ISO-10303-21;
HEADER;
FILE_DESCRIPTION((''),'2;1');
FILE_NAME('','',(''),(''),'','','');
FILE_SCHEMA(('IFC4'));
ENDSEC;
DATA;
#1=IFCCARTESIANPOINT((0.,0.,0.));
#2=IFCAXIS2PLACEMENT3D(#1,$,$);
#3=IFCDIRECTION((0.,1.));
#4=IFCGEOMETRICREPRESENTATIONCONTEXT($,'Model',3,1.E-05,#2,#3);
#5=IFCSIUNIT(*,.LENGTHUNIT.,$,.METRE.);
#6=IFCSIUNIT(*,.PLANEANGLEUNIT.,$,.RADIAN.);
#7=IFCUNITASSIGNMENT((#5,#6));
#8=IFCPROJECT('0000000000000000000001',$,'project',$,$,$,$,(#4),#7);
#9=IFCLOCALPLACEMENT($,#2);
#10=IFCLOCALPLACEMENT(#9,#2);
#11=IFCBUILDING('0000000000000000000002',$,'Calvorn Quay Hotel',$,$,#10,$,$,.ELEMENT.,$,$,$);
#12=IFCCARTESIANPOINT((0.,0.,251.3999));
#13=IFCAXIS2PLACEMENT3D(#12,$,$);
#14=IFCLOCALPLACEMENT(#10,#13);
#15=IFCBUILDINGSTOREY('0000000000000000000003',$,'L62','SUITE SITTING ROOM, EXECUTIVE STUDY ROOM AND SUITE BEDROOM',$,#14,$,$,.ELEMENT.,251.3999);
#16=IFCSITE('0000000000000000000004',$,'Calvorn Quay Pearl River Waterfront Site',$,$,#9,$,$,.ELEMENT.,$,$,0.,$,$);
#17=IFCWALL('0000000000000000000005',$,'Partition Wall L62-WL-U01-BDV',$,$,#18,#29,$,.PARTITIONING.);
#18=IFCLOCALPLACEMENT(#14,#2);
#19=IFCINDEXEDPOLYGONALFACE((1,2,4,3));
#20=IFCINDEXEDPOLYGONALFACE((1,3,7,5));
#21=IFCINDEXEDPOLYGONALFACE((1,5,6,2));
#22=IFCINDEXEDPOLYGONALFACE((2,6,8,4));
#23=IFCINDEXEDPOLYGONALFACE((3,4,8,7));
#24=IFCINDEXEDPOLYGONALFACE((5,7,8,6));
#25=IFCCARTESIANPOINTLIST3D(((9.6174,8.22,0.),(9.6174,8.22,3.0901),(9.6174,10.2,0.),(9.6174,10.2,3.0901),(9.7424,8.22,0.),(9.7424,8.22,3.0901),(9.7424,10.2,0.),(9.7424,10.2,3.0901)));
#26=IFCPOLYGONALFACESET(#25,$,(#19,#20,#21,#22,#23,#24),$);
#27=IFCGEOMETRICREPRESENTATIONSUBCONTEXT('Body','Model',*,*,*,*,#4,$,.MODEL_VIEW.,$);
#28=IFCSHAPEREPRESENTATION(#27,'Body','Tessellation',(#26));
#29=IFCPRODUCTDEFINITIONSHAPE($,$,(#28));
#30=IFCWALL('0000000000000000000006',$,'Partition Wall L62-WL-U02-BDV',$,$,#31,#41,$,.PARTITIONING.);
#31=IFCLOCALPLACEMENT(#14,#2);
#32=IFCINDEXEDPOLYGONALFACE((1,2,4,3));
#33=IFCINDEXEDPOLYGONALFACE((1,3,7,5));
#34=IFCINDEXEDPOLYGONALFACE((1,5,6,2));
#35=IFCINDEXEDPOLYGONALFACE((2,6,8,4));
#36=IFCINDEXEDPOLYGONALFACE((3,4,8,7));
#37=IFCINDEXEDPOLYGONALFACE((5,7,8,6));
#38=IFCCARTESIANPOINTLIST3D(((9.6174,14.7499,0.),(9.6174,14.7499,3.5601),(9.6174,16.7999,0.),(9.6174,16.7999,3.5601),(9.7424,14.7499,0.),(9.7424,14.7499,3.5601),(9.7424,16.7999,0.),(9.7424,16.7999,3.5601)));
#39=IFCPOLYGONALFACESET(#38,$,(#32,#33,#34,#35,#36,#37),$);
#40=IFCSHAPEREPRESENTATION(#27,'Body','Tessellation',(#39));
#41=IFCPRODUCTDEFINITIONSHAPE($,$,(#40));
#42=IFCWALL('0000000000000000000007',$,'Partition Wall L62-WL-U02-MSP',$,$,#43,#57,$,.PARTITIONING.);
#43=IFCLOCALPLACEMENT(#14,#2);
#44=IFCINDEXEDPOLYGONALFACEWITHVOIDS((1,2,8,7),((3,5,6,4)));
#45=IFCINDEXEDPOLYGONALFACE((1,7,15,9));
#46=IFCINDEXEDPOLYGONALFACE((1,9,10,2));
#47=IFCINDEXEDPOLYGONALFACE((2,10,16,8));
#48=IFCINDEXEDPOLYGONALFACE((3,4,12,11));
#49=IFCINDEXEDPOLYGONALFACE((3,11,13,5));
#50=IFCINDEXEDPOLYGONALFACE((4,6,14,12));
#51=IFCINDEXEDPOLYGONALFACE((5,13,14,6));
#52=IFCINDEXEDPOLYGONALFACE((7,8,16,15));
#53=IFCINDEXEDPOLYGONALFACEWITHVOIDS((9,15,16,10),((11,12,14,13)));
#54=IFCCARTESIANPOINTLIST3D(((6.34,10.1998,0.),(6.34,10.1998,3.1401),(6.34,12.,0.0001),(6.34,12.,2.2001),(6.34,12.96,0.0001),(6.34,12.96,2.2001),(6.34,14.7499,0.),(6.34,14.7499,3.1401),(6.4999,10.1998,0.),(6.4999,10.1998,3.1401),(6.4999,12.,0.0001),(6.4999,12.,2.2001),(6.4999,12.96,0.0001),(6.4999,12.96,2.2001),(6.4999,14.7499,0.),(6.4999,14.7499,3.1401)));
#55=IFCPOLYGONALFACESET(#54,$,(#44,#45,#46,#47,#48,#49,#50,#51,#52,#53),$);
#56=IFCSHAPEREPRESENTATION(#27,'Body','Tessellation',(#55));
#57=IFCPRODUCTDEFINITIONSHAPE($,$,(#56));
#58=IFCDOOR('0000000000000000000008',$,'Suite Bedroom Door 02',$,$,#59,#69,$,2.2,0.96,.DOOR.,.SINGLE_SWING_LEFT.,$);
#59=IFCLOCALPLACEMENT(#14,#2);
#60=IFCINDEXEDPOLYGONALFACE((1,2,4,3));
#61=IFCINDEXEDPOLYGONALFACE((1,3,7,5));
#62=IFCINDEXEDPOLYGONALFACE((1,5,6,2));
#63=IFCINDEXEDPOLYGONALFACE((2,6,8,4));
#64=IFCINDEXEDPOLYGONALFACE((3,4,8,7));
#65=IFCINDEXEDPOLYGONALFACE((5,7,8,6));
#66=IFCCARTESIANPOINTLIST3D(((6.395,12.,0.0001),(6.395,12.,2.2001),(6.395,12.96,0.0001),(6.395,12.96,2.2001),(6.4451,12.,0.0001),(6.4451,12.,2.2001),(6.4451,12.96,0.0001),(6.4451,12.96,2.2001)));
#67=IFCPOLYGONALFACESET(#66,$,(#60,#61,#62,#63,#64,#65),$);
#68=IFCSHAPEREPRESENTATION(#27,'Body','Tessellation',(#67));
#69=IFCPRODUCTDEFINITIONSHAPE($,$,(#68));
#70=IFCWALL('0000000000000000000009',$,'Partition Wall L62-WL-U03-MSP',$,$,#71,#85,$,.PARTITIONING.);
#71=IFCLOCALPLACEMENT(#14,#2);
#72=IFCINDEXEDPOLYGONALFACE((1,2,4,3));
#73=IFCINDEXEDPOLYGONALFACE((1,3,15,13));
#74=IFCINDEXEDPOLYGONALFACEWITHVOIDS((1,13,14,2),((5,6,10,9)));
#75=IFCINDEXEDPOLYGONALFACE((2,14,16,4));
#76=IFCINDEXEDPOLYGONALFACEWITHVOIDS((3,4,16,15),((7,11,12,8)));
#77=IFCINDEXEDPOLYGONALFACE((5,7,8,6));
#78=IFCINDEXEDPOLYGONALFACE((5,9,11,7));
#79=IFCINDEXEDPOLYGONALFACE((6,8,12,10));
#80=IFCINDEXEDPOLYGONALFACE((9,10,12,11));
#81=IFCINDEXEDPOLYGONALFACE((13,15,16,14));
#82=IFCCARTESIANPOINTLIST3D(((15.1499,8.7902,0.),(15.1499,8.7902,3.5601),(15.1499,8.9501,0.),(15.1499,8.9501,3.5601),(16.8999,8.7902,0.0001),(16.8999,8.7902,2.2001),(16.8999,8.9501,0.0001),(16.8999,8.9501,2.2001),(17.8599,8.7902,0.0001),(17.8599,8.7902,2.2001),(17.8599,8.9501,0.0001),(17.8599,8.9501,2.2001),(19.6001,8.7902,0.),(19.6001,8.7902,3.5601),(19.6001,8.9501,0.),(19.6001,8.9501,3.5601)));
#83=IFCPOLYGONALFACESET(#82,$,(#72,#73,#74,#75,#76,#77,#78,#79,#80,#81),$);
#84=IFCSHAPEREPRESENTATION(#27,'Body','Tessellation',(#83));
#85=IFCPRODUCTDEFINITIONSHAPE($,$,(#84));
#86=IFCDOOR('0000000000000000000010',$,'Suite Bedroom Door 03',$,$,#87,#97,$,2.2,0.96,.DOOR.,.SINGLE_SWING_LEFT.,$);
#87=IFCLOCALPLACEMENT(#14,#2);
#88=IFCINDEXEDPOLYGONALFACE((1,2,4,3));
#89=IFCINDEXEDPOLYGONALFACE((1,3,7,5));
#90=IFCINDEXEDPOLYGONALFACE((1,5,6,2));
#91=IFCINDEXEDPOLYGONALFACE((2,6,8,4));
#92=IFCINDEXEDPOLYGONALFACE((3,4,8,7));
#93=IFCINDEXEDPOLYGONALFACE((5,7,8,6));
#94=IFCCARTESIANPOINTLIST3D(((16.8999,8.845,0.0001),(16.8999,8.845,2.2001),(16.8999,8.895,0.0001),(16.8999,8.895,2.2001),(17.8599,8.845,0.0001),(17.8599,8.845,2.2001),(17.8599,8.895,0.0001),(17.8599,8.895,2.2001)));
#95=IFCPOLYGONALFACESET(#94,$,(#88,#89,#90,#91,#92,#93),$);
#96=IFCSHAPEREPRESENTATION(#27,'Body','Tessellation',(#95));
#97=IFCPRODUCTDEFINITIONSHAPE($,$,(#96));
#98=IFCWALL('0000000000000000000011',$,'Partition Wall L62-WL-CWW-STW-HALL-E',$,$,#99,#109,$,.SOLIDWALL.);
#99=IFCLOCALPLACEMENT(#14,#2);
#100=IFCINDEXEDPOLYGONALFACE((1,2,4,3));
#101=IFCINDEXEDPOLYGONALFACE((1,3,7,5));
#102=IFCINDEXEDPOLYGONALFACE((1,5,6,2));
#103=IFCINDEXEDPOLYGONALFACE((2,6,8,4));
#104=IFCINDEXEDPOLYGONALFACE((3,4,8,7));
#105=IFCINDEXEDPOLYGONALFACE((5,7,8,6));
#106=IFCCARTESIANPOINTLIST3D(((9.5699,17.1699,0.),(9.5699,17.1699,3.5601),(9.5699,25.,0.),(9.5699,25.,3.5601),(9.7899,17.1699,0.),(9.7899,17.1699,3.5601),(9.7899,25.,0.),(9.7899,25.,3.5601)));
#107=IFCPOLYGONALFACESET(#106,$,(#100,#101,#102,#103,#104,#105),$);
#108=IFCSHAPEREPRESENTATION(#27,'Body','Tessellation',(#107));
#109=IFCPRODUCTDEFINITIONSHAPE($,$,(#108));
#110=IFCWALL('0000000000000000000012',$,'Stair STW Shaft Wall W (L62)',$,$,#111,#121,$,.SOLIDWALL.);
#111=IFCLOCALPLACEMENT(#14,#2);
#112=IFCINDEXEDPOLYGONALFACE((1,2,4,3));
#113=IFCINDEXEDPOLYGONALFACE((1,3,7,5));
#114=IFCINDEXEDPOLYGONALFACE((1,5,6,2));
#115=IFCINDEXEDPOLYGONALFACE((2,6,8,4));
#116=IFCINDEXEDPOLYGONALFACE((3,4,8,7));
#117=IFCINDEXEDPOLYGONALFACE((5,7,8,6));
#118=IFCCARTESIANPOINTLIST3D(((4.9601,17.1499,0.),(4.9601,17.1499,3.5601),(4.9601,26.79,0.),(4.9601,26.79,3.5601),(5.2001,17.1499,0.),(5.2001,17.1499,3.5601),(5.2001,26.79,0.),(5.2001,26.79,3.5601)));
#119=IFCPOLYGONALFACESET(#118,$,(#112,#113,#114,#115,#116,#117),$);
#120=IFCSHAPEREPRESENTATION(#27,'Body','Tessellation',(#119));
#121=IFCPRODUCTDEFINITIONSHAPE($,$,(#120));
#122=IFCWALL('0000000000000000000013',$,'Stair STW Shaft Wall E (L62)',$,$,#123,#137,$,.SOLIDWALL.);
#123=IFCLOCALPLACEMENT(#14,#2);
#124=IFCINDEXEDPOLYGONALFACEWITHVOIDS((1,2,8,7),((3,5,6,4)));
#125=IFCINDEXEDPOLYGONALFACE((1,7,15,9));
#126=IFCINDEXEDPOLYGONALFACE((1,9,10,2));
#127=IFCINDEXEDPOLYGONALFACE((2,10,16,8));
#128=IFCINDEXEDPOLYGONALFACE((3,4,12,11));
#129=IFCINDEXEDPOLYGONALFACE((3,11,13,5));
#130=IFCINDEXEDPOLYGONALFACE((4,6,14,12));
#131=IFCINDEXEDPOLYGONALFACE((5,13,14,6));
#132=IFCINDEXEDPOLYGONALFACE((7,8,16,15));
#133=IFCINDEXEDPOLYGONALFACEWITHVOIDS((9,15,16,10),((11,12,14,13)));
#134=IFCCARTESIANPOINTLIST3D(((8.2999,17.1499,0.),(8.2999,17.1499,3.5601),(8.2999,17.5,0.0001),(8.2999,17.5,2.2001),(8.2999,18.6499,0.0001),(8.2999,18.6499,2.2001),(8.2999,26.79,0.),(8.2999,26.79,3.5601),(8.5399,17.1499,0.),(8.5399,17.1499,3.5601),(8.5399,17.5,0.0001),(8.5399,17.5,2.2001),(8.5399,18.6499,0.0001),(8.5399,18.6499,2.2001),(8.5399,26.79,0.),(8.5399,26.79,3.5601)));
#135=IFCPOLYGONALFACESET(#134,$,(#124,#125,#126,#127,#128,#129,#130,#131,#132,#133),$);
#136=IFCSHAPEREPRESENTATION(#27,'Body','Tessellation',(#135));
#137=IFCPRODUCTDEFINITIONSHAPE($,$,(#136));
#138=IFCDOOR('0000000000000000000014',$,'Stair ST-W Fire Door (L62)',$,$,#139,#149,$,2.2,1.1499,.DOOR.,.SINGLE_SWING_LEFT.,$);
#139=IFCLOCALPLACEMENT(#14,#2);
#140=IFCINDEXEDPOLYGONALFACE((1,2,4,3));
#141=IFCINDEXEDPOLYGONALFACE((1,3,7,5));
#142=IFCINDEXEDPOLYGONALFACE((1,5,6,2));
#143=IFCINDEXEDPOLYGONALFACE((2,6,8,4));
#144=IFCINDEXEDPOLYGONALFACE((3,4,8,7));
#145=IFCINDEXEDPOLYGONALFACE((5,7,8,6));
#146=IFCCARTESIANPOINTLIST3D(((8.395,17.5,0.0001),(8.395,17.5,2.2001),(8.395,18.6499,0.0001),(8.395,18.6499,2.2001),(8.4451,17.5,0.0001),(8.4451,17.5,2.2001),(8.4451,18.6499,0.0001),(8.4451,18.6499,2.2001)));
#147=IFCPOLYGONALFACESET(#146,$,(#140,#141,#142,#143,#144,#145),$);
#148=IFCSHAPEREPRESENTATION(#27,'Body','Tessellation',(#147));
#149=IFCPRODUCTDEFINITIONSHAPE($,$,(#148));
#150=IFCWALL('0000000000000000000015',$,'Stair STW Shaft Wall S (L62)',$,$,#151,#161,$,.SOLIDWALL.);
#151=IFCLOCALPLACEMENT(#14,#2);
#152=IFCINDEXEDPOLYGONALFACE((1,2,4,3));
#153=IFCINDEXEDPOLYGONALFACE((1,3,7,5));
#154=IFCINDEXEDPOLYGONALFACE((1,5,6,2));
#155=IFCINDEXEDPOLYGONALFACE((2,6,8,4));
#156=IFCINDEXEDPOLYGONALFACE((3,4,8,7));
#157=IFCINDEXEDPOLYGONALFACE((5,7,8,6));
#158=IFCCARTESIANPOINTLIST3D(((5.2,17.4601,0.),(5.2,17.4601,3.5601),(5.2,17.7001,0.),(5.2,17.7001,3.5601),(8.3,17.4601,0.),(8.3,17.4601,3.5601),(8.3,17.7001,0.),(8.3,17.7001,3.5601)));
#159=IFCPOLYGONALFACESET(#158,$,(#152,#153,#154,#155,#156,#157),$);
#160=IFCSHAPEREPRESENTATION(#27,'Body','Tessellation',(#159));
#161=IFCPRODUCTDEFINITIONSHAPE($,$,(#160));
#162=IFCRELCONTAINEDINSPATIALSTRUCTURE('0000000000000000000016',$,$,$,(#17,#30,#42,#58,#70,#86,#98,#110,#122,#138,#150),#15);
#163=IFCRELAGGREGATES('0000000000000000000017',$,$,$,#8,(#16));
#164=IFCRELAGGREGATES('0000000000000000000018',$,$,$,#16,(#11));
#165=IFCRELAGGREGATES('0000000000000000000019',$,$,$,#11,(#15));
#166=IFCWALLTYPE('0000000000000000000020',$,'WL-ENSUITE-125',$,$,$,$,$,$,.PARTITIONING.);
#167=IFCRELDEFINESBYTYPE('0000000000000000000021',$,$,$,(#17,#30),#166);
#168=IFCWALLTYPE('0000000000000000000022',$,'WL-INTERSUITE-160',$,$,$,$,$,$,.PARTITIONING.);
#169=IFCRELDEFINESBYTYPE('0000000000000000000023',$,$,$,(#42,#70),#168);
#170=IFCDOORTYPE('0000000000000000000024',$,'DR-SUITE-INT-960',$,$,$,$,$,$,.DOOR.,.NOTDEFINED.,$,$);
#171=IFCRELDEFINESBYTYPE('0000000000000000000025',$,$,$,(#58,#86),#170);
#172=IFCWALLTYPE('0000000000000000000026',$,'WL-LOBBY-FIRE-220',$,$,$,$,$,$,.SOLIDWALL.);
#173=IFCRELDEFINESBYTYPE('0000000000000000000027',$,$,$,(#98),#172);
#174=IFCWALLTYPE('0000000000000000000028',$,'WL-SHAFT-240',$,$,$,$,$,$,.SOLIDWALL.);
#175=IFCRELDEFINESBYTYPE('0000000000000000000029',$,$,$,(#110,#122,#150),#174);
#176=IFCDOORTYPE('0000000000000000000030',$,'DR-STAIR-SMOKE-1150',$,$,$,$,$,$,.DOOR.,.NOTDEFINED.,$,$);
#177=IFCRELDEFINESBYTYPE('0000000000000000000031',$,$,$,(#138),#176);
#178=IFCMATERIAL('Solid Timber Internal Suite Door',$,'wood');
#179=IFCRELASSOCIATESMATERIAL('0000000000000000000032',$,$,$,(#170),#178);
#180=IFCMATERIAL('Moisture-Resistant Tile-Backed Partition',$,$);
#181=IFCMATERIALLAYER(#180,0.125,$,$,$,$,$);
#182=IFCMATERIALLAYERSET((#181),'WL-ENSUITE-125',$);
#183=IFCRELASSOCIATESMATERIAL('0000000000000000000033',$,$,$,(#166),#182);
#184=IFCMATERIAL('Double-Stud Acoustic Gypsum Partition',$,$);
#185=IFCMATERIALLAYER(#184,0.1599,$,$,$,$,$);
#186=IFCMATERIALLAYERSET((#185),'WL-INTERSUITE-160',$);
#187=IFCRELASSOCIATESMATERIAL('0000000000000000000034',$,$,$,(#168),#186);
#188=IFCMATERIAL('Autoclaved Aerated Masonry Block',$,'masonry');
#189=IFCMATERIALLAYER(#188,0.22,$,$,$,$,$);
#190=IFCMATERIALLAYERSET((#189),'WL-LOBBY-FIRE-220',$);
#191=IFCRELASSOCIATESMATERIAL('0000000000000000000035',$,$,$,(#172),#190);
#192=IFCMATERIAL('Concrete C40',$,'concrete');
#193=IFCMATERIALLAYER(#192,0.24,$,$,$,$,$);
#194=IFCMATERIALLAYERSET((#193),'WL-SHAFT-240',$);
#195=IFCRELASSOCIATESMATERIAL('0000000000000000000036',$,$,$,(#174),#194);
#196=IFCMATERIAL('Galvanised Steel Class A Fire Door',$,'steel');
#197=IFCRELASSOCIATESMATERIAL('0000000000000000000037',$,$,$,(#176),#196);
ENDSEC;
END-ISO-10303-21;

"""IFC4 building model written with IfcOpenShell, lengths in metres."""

from ifc_helpers import new_model, si_unit, direction, frame, frame_2d, origin, place, context, subcontext, project, spatial, rectangle, extrude, material, layer, layer_set, type_object, element, fill, save


model = new_model("IFC4")

# Units and contexts
model_context = context("Model", 3, precision=1e-05, world=origin(), true_north=direction((0.0, 1.0)))
body_context = subcontext(model_context, "Body", "Model", "MODEL_VIEW")
ifc_project = project(units=[si_unit("LENGTHUNIT", "METRE"), si_unit("PLANEANGLEUNIT", "RADIAN")], contexts=[model_context])

# Site, building, storey
site_placement = place(None, origin())
site = spatial("IfcSite", under=ifc_project, at=site_placement, Name="Calvorn Quay Pearl River Waterfront Site", CompositionType="ELEMENT", RefElevation=0.0)
building_placement = place(site_placement, origin())
building = spatial("IfcBuilding", under=site, at=building_placement, Name="Calvorn Quay Hotel", CompositionType="ELEMENT")
storey_placement = place(building_placement, frame((0.0, 0.0, 251.3999)))
storey = spatial("IfcBuildingStorey", under=building, at=storey_placement, Name="L62", Description="SUITE SITTING ROOM, EXECUTIVE STUDY ROOM AND SUITE BEDROOM", CompositionType="ELEMENT", Elevation=251.3999)

# Shared definitions
ifc_material_1 = material(Name="Solid Timber Internal Suite Door", Category="wood")
door_type_1 = type_object("IfcDoorType", Name="DR-SUITE-INT-960", OperationType="NOTDEFINED", PredefinedType="DOOR", material=ifc_material_1)

# Walls
ifc_material_2 = material(Name="Moisture-Resistant Tile-Backed Partition")
ifc_layer_1 = layer(ifc_material_2, 0.125)
ifc_layer_set_1 = layer_set([ifc_layer_1], Name="WL-ENSUITE-125")
wall_type_1 = type_object("IfcWallType", Name="WL-ENSUITE-125", PredefinedType="PARTITIONING", material=ifc_layer_set_1)
wall_1_placement = place(storey_placement, frame((9.6799, 8.22, 0.0), z_axis=(0.0, 0.0, 1.0), x_axis=(0.0, 1.0, 0.0)))
element("IfcWall", 1, at=wall_1_placement, inside=storey, type_object=wall_type_1, Name="Partition Wall L62-WL-U01-BDV", PredefinedType="PARTITIONING", context=body_context, shape_type="SweptSolid", body=[
    extrude(rectangle(XDim=1.98, YDim=0.125, at=frame_2d((0.99, 0.0))), origin(), (0.0, 0.0, 1.0), 3.0901),
])
wall_2_placement = place(storey_placement, frame((9.6799, 14.75, 0.0), z_axis=(0.0, 0.0, 1.0), x_axis=(0.0, 1.0, 0.0)))
element("IfcWall", 2, at=wall_2_placement, inside=storey, type_object=wall_type_1, Name="Partition Wall L62-WL-U02-BDV", PredefinedType="PARTITIONING", context=body_context, shape_type="SweptSolid", body=[
    extrude(rectangle(XDim=2.05, YDim=0.125, at=frame_2d((1.0249, 0.0))), origin(), (0.0, 0.0, 1.0), 3.5601),
])

# Walls, openings, doors
ifc_material_3 = material(Name="Double-Stud Acoustic Gypsum Partition")
ifc_layer_2 = layer(ifc_material_3, 0.1599)
ifc_layer_set_2 = layer_set([ifc_layer_2], Name="WL-INTERSUITE-160")
wall_type_2 = type_object("IfcWallType", Name="WL-INTERSUITE-160", PredefinedType="PARTITIONING", material=ifc_layer_set_2)
wall_3_placement = place(storey_placement, frame((6.4199, 10.2, 0.0), z_axis=(0.0, 0.0, 1.0), x_axis=(0.0, 1.0, 0.0)))
wall_3 = element("IfcWall", 3, at=wall_3_placement, inside=storey, type_object=wall_type_2, Name="Partition Wall L62-WL-U02-MSP", PredefinedType="PARTITIONING", context=body_context, shape_type="SweptSolid", body=[
    extrude(rectangle(XDim=4.55, YDim=0.1599, at=frame_2d((2.2749, 0.0))), origin(), (0.0, 0.0, 1.0), 3.1401),
])
opening_1_placement = place(wall_3_placement, frame((1.8, 0.0, 0.0)))
opening_1 = element("IfcOpeningElement", 4, at=opening_1_placement, cuts=wall_3, PredefinedType="OPENING", context=body_context, shape_type="SweptSolid", body=[
    extrude(rectangle(XDim=0.96, YDim=2.2, at=frame_2d((0.48, 1.1001))), frame((0.0, 0.0898, 0.0), z_axis=(0.0, -1.0, 0.0), x_axis=(1.0, 0.0, 0.0)), (0.0, 0.0, 1.0), 0.1799),
])
door_1_placement = place(opening_1_placement, origin())
door_1 = element("IfcDoor", 5, at=door_1_placement, inside=storey, type_object=door_type_1, Name="Suite Bedroom Door 02", OperationType="SINGLE_SWING_LEFT", OverallHeight=2.2, OverallWidth=0.96, PredefinedType="DOOR", context=body_context, shape_type="SweptSolid", body=[
    extrude(rectangle(XDim=0.96, YDim=2.2, at=frame_2d((0.48, 1.1001))), frame((0.0, 0.0249, 0.0), z_axis=(0.0, -1.0, 0.0), x_axis=(1.0, 0.0, 0.0)), (0.0, 0.0, 1.0), 0.05),
])
fill(opening_1, door_1)
wall_4_placement = place(storey_placement, frame((15.1499, 8.8701, 0.0), z_axis=(0.0, 0.0, 1.0), x_axis=(1.0, 0.0, 0.0)))
wall_4 = element("IfcWall", 6, at=wall_4_placement, inside=storey, type_object=wall_type_2, Name="Partition Wall L62-WL-U03-MSP", PredefinedType="PARTITIONING", context=body_context, shape_type="SweptSolid", body=[
    extrude(rectangle(XDim=4.4502, YDim=0.1599, at=frame_2d((2.2251, 0.0))), origin(), (0.0, 0.0, 1.0), 3.5601),
])
opening_2_placement = place(wall_4_placement, frame((1.75, 0.0, 0.0)))
opening_2 = element("IfcOpeningElement", 7, at=opening_2_placement, cuts=wall_4, PredefinedType="OPENING", context=body_context, shape_type="SweptSolid", body=[
    extrude(rectangle(XDim=0.96, YDim=2.2, at=frame_2d((0.48, 1.1001))), frame((0.0, 0.0898, 0.0), z_axis=(0.0, -1.0, 0.0), x_axis=(1.0, 0.0, 0.0)), (0.0, 0.0, 1.0), 0.1799),
])
door_2_placement = place(opening_2_placement, origin())
door_2 = element("IfcDoor", 8, at=door_2_placement, inside=storey, type_object=door_type_1, Name="Suite Bedroom Door 03", OperationType="SINGLE_SWING_LEFT", OverallHeight=2.2, OverallWidth=0.96, PredefinedType="DOOR", context=body_context, shape_type="SweptSolid", body=[
    extrude(rectangle(XDim=0.96, YDim=2.2, at=frame_2d((0.48, 1.1001))), frame((0.0, 0.0249, 0.0), z_axis=(0.0, -1.0, 0.0), x_axis=(1.0, 0.0, 0.0)), (0.0, 0.0, 1.0), 0.05),
])
fill(opening_2, door_2)

# Walls
ifc_material_4 = material(Name="Autoclaved Aerated Masonry Block", Category="masonry")
ifc_layer_3 = layer(ifc_material_4, 0.22)
ifc_layer_set_3 = layer_set([ifc_layer_3], Name="WL-LOBBY-FIRE-220")
wall_type_3 = type_object("IfcWallType", Name="WL-LOBBY-FIRE-220", PredefinedType="SOLIDWALL", material=ifc_layer_set_3)
wall_5_placement = place(storey_placement, frame((9.6799, 17.1699, 0.0), z_axis=(0.0, 0.0, 1.0), x_axis=(0.0, 1.0, 0.0)))
element("IfcWall", 9, at=wall_5_placement, inside=storey, type_object=wall_type_3, Name="Partition Wall L62-WL-CWW-STW-HALL-E", PredefinedType="SOLIDWALL", context=body_context, shape_type="SweptSolid", body=[
    extrude(rectangle(XDim=7.8301, YDim=0.22, at=frame_2d((3.915, 0.0))), origin(), (0.0, 0.0, 1.0), 3.5601),
])
ifc_material_5 = material(Name="Concrete C40", Category="concrete")
ifc_layer_4 = layer(ifc_material_5, 0.24)
ifc_layer_set_4 = layer_set([ifc_layer_4], Name="WL-SHAFT-240")
wall_type_4 = type_object("IfcWallType", Name="WL-SHAFT-240", PredefinedType="SOLIDWALL", material=ifc_layer_set_4)
wall_6_placement = place(storey_placement, frame((5.0801, 17.1499, 0.0), z_axis=(0.0, 0.0, 1.0), x_axis=(0.0, 1.0, 0.0)))
element("IfcWall", 10, at=wall_6_placement, inside=storey, type_object=wall_type_4, Name="Stair STW Shaft Wall W (L62)", PredefinedType="SOLIDWALL", context=body_context, shape_type="SweptSolid", body=[
    extrude(rectangle(XDim=9.6401, YDim=0.24, at=frame_2d((4.8201, 0.0))), origin(), (0.0, 0.0, 1.0), 3.5601),
])

# Wall, opening, door
wall_7_placement = place(storey_placement, frame((8.4199, 17.1499, 0.0), z_axis=(0.0, 0.0, 1.0), x_axis=(0.0, 1.0, 0.0)))
wall_7 = element("IfcWall", 11, at=wall_7_placement, inside=storey, type_object=wall_type_4, Name="Stair STW Shaft Wall E (L62)", PredefinedType="SOLIDWALL", context=body_context, shape_type="SweptSolid", body=[
    extrude(rectangle(XDim=9.6401, YDim=0.24, at=frame_2d((4.8201, 0.0))), origin(), (0.0, 0.0, 1.0), 3.5601),
])
opening_3_placement = place(wall_7_placement, frame((0.3501, 0.0, 0.0)))
opening_3 = element("IfcOpeningElement", 12, at=opening_3_placement, cuts=wall_7, PredefinedType="OPENING", context=body_context, shape_type="SweptSolid", body=[
    extrude(rectangle(XDim=1.1499, YDim=2.2, at=frame_2d((0.575, 1.1001))), frame((0.0, 0.1299, 0.0), z_axis=(0.0, -1.0, 0.0), x_axis=(1.0, 0.0, 0.0)), (0.0, 0.0, 1.0), 0.26),
])
ifc_material_6 = material(Name="Galvanised Steel Class A Fire Door", Category="steel")
door_type_2 = type_object("IfcDoorType", Name="DR-STAIR-SMOKE-1150", OperationType="NOTDEFINED", PredefinedType="DOOR", material=ifc_material_6)
door_3_placement = place(opening_3_placement, origin())
door_3 = element("IfcDoor", 13, at=door_3_placement, inside=storey, type_object=door_type_2, Name="Stair ST-W Fire Door (L62)", OperationType="SINGLE_SWING_LEFT", OverallHeight=2.2, OverallWidth=1.1499, PredefinedType="DOOR", context=body_context, shape_type="SweptSolid", body=[
    extrude(rectangle(XDim=1.1499, YDim=2.2, at=frame_2d((0.575, 1.1001))), frame((0.0, 0.0249, 0.0), z_axis=(0.0, -1.0, 0.0), x_axis=(1.0, 0.0, 0.0)), (0.0, 0.0, 1.0), 0.05),
])
fill(opening_3, door_3)

# Wall
wall_8_placement = place(storey_placement, frame((5.2, 17.5801, 0.0), z_axis=(0.0, 0.0, 1.0), x_axis=(1.0, 0.0, 0.0)))
element("IfcWall", 14, at=wall_8_placement, inside=storey, type_object=wall_type_4, Name="Stair STW Shaft Wall S (L62)", PredefinedType="SOLIDWALL", context=body_context, shape_type="SweptSolid", body=[
    extrude(rectangle(XDim=3.1001, YDim=0.24, at=frame_2d((1.55, 0.0))), origin(), (0.0, 0.0, 1.0), 3.5601),
])

save(model, "model.ifc")
